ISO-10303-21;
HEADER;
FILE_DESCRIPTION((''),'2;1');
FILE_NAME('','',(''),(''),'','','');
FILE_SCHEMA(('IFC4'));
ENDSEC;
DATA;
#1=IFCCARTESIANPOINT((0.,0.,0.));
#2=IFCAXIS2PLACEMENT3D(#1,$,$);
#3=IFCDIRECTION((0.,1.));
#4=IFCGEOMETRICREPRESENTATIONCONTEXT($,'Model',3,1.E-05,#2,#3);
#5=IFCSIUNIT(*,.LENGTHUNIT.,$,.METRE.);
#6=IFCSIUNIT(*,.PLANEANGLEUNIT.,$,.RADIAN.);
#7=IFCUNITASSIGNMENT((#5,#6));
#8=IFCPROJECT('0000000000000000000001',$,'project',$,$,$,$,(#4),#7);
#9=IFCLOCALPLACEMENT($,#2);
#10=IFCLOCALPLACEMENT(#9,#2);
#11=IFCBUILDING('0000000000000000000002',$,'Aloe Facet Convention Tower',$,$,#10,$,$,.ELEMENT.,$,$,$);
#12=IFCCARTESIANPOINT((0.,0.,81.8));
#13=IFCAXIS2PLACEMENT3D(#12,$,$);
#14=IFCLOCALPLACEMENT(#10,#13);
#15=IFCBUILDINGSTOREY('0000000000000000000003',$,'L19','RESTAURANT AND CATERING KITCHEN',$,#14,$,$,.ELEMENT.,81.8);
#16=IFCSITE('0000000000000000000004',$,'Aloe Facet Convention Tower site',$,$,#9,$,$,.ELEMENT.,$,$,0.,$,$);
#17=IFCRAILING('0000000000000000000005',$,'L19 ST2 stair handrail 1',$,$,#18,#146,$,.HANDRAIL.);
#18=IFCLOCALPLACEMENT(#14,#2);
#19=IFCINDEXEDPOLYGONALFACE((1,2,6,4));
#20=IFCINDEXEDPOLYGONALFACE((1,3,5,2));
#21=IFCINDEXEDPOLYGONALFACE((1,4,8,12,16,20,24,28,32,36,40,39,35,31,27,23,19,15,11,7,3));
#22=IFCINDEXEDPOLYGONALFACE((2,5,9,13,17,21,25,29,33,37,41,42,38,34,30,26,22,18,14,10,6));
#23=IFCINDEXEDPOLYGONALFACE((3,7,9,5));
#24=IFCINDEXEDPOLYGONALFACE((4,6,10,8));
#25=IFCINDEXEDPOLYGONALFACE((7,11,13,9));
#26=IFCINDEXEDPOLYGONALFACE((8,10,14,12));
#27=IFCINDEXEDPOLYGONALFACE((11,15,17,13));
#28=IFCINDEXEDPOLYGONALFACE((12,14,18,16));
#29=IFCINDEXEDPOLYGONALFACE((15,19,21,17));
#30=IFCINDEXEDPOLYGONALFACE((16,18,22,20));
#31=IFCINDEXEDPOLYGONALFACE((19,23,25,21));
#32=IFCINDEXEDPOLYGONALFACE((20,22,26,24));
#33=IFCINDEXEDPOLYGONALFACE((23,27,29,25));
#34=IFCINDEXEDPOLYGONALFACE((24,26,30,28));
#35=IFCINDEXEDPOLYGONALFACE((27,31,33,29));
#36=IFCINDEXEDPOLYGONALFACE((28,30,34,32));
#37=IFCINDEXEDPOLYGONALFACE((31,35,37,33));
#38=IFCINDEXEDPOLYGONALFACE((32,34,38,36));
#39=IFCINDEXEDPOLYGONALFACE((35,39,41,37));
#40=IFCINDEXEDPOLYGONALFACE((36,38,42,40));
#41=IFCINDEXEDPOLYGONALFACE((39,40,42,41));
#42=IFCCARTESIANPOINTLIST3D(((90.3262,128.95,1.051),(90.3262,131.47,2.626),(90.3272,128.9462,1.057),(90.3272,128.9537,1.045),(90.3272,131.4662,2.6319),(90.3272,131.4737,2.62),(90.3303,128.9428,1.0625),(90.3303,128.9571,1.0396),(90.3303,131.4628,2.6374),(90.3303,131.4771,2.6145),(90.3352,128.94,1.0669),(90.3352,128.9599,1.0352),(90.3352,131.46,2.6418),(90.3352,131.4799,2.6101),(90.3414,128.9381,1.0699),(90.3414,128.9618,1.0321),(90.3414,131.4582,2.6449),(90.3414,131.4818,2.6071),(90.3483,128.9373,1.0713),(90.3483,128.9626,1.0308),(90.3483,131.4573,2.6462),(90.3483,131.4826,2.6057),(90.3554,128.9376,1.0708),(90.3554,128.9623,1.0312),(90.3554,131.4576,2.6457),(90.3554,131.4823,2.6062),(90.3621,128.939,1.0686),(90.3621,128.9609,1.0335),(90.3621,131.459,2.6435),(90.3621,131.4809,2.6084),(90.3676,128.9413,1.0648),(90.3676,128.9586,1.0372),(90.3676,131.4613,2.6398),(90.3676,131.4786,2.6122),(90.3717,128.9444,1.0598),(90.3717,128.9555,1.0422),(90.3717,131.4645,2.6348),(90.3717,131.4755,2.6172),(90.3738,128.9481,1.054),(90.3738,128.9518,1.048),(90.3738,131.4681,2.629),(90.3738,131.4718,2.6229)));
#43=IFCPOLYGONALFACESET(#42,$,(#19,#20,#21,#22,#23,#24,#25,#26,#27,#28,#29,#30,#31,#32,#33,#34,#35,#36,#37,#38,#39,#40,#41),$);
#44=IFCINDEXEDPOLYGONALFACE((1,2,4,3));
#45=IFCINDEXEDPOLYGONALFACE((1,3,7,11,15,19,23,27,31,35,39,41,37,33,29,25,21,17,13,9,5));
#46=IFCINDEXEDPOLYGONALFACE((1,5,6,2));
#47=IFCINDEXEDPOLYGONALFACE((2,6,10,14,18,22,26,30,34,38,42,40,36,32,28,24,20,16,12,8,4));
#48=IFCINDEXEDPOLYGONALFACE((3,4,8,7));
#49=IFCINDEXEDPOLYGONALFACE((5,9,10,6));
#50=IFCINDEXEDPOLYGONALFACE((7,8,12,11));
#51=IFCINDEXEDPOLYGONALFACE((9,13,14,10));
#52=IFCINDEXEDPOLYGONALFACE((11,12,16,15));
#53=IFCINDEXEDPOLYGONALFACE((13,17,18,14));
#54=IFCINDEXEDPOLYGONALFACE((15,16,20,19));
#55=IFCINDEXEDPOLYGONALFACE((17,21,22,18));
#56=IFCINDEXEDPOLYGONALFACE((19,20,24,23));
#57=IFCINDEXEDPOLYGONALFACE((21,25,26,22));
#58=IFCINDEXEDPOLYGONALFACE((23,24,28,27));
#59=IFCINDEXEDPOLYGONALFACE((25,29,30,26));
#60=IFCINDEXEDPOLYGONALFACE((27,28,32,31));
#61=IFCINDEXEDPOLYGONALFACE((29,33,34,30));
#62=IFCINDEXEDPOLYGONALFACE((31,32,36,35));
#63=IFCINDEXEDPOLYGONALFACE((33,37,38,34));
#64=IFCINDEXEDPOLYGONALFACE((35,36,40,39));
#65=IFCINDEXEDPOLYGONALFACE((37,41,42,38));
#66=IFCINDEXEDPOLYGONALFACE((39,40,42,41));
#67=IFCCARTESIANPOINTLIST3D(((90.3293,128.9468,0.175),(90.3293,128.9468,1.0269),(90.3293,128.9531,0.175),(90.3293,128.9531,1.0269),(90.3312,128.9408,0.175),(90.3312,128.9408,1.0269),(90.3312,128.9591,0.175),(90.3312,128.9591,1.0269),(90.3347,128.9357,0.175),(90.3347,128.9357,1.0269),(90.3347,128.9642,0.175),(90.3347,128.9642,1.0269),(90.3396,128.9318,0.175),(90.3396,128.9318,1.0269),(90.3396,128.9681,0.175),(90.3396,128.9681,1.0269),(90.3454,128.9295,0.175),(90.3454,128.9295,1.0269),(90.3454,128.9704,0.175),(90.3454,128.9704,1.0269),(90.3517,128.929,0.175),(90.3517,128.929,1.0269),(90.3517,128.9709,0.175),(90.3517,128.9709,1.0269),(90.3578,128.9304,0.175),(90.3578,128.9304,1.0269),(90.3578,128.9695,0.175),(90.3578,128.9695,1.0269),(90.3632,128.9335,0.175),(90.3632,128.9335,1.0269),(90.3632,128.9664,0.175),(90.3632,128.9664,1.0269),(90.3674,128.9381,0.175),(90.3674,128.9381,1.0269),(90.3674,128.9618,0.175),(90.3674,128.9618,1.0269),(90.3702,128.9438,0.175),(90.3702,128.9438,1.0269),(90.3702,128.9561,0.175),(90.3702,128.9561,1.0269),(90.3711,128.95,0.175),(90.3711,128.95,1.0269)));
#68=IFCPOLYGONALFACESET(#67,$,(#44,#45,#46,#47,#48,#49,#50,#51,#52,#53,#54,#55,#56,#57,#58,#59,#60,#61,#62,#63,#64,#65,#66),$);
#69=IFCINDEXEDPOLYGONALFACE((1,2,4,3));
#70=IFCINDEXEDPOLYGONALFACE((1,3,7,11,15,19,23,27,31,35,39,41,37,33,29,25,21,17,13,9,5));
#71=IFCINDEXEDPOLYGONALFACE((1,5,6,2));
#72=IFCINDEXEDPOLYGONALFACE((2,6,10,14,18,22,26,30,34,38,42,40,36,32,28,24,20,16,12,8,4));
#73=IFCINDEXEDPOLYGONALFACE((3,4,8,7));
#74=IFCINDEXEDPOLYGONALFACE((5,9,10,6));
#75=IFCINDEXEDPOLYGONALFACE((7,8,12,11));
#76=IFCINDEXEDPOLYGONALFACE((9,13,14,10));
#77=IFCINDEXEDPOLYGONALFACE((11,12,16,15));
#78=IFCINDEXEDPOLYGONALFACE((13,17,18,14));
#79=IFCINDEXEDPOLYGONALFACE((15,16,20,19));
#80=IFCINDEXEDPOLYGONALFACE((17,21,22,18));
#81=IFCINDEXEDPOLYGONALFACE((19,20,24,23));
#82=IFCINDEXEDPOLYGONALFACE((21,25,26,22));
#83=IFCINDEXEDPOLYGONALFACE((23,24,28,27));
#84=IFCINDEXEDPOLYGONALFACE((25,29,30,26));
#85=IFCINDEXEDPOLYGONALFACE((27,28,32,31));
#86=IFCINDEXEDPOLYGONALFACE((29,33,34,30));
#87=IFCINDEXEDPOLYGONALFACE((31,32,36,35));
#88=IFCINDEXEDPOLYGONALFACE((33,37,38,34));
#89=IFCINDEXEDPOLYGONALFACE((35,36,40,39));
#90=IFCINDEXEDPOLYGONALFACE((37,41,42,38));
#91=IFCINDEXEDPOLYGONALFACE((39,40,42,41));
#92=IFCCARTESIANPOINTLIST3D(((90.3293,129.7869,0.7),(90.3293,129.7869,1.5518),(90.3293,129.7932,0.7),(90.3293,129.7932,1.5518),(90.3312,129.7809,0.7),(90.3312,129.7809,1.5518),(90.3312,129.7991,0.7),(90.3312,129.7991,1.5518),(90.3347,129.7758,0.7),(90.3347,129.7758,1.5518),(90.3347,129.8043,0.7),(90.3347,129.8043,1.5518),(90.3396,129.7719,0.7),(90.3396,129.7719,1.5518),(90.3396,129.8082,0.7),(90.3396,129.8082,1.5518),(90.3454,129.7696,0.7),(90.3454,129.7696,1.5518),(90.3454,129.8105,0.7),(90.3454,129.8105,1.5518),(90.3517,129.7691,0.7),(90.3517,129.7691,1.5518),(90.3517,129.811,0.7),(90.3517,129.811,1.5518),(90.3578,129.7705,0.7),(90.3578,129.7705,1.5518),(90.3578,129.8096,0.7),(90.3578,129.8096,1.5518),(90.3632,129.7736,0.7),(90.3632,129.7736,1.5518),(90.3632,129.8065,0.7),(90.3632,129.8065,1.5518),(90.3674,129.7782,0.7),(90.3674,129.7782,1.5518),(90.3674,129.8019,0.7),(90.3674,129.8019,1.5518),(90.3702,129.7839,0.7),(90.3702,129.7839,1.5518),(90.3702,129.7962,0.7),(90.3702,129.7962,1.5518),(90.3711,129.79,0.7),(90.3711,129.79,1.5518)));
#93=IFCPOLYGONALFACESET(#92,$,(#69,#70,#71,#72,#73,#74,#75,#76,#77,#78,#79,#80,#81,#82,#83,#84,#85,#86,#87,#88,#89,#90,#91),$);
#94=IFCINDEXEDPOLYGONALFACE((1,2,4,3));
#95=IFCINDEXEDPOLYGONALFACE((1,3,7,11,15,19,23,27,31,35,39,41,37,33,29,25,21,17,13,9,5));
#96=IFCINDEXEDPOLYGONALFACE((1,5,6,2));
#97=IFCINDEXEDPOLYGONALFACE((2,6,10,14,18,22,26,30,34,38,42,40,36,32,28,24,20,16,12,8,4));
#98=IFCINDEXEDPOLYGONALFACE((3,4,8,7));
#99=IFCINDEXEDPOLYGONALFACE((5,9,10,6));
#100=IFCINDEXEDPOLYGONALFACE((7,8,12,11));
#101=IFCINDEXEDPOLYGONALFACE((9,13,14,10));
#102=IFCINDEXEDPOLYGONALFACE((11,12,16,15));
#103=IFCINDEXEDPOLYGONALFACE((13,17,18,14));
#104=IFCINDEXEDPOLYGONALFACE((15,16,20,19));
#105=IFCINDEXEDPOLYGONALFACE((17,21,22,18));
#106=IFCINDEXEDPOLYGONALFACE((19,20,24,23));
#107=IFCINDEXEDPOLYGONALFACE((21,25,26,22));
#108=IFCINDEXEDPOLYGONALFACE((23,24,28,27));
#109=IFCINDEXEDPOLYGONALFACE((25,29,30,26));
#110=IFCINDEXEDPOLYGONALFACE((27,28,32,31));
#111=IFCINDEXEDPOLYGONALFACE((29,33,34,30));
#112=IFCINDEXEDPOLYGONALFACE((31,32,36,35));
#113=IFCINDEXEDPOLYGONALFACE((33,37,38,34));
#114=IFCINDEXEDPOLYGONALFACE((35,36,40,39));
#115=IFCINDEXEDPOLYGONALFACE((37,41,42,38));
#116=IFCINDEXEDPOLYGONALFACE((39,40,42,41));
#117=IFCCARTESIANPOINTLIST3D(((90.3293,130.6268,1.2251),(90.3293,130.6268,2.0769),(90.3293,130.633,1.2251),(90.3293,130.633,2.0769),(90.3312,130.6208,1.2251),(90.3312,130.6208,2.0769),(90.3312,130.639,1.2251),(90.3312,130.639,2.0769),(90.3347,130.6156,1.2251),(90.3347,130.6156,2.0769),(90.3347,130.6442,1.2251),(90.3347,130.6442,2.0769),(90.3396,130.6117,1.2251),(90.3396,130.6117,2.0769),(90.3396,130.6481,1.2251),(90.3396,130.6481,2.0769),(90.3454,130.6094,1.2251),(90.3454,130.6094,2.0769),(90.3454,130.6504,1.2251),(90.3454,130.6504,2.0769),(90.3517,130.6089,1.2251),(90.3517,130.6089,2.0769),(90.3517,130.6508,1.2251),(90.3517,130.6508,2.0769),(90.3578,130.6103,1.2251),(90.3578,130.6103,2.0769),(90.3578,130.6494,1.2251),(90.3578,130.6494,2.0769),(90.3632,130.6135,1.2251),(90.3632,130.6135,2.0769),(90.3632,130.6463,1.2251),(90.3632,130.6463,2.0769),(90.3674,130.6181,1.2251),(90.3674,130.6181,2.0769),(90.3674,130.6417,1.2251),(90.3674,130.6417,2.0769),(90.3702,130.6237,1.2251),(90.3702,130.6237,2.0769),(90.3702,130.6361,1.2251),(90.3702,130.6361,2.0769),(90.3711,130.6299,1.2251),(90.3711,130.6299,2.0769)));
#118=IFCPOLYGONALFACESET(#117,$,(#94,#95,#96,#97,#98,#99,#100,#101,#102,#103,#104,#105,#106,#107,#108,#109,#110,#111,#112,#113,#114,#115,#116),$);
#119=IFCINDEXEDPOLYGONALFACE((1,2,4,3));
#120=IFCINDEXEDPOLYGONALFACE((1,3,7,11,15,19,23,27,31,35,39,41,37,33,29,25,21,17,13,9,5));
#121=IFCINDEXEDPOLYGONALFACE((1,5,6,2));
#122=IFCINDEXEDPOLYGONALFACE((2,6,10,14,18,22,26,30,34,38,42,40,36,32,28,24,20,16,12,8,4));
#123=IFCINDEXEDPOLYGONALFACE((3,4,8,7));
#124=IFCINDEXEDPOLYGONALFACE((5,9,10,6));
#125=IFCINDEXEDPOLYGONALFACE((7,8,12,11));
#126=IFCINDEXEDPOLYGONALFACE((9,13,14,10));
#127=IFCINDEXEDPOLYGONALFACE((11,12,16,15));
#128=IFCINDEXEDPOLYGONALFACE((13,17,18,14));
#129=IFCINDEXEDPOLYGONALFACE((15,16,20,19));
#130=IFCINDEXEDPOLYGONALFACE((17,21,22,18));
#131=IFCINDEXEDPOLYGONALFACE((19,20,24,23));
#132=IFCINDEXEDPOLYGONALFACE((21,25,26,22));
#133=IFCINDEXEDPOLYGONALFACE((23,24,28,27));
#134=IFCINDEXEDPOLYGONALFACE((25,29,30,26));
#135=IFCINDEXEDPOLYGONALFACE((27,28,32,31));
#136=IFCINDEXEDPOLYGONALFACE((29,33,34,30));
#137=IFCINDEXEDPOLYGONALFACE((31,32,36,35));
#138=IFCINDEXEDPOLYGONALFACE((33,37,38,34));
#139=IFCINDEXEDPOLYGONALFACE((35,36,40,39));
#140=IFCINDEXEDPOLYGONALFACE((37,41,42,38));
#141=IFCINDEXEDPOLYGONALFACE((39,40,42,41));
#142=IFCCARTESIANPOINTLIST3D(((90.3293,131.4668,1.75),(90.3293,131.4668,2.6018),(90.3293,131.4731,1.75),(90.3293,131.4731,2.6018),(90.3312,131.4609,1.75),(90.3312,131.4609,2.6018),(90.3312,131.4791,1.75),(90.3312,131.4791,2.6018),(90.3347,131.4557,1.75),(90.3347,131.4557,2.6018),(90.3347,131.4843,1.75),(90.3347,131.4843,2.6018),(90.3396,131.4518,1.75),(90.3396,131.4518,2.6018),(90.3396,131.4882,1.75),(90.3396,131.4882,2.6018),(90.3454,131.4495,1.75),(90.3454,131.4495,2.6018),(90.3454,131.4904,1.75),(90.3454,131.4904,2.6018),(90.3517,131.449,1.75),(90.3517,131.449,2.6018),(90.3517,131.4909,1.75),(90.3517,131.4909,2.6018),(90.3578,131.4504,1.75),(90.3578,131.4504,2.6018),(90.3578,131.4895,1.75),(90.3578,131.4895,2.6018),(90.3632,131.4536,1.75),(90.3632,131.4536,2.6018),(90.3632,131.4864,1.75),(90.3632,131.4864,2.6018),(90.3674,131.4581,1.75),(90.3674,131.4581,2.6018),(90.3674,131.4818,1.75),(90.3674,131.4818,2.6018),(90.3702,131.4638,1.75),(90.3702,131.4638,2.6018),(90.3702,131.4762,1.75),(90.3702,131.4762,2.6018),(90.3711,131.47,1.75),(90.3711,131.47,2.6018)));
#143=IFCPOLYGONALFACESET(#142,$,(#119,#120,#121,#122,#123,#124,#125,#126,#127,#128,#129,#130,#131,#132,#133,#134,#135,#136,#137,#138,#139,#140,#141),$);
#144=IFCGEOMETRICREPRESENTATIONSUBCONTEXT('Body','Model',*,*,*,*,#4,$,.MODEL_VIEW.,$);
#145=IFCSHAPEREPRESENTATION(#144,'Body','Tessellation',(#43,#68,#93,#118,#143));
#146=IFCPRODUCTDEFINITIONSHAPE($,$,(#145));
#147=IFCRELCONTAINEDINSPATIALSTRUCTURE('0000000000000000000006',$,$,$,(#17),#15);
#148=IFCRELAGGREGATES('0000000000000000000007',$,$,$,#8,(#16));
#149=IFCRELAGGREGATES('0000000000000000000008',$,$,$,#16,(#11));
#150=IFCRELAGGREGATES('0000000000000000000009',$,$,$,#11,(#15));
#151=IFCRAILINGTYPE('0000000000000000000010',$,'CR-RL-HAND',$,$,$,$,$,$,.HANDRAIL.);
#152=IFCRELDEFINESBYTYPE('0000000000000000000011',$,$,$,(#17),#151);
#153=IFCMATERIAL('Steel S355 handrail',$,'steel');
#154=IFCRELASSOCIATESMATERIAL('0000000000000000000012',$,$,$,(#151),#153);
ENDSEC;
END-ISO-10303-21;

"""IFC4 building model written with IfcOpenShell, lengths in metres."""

from ifc_helpers import new_model, si_unit, direction, frame, origin, origin_2d, place, context, subcontext, project, spatial, circle, extrude, material, type_object, element, save


model = new_model("IFC4")

# Units and contexts
model_context = context("Model", 3, precision=1e-05, world=origin(), true_north=direction((0.0, 1.0)))
body_context = subcontext(model_context, "Body", "Model", "MODEL_VIEW")
ifc_project = project(units=[si_unit("LENGTHUNIT", "METRE"), si_unit("PLANEANGLEUNIT", "RADIAN")], contexts=[model_context])

# Site, building, storey
site_placement = place(None, origin())
site = spatial("IfcSite", under=ifc_project, at=site_placement, Name="Aloe Facet Convention Tower site", CompositionType="ELEMENT", RefElevation=0.0)
building_placement = place(site_placement, origin())
building = spatial("IfcBuilding", under=site, at=building_placement, Name="Aloe Facet Convention Tower", CompositionType="ELEMENT")
storey_placement = place(building_placement, frame((0.0, 0.0, 81.8)))
storey = spatial("IfcBuildingStorey", under=building, at=storey_placement, Name="L19", Description="RESTAURANT AND CATERING KITCHEN", CompositionType="ELEMENT", Elevation=81.8)

# Railing
ifc_material_1 = material(Name="Steel S355 handrail", Category="steel")
railing_type_1 = type_object("IfcRailingType", Name="CR-RL-HAND", PredefinedType="HANDRAIL", material=ifc_material_1)
railing_1_placement = place(storey_placement, frame((90.3501, 128.95, 0.175)))
element("IfcRailing", 1, at=railing_1_placement, inside=storey, type_object=railing_type_1, Name="L19 ST2 stair handrail 1", PredefinedType="HANDRAIL", context=body_context, shape_type="SweptSolid", body=[
    extrude(circle(Radius=0.0239, at=origin_2d()), frame((0.0, 0.0, 0.876), z_axis=(0.0, 0.848008, 0.529984), x_axis=(-1.0, 0.0, 0.0)), (0.0, 0.0, 1.0), 2.9717),
    extrude(circle(Radius=0.021, at=origin_2d()), origin(), (0.0, 0.0, 1.0), 0.8518),
    extrude(circle(Radius=0.021, at=origin_2d()), frame((0.0, 0.8401, 0.5249)), (0.0, 0.0, 1.0), 0.8518),
    extrude(circle(Radius=0.021, at=origin_2d()), frame((0.0, 1.6799, 1.05)), (0.0, 0.0, 1.0), 0.8518),
    extrude(circle(Radius=0.021, at=origin_2d()), frame((0.0, 2.52, 1.575)), (0.0, 0.0, 1.0), 0.8518),
])

save(model, "model.ifc")
